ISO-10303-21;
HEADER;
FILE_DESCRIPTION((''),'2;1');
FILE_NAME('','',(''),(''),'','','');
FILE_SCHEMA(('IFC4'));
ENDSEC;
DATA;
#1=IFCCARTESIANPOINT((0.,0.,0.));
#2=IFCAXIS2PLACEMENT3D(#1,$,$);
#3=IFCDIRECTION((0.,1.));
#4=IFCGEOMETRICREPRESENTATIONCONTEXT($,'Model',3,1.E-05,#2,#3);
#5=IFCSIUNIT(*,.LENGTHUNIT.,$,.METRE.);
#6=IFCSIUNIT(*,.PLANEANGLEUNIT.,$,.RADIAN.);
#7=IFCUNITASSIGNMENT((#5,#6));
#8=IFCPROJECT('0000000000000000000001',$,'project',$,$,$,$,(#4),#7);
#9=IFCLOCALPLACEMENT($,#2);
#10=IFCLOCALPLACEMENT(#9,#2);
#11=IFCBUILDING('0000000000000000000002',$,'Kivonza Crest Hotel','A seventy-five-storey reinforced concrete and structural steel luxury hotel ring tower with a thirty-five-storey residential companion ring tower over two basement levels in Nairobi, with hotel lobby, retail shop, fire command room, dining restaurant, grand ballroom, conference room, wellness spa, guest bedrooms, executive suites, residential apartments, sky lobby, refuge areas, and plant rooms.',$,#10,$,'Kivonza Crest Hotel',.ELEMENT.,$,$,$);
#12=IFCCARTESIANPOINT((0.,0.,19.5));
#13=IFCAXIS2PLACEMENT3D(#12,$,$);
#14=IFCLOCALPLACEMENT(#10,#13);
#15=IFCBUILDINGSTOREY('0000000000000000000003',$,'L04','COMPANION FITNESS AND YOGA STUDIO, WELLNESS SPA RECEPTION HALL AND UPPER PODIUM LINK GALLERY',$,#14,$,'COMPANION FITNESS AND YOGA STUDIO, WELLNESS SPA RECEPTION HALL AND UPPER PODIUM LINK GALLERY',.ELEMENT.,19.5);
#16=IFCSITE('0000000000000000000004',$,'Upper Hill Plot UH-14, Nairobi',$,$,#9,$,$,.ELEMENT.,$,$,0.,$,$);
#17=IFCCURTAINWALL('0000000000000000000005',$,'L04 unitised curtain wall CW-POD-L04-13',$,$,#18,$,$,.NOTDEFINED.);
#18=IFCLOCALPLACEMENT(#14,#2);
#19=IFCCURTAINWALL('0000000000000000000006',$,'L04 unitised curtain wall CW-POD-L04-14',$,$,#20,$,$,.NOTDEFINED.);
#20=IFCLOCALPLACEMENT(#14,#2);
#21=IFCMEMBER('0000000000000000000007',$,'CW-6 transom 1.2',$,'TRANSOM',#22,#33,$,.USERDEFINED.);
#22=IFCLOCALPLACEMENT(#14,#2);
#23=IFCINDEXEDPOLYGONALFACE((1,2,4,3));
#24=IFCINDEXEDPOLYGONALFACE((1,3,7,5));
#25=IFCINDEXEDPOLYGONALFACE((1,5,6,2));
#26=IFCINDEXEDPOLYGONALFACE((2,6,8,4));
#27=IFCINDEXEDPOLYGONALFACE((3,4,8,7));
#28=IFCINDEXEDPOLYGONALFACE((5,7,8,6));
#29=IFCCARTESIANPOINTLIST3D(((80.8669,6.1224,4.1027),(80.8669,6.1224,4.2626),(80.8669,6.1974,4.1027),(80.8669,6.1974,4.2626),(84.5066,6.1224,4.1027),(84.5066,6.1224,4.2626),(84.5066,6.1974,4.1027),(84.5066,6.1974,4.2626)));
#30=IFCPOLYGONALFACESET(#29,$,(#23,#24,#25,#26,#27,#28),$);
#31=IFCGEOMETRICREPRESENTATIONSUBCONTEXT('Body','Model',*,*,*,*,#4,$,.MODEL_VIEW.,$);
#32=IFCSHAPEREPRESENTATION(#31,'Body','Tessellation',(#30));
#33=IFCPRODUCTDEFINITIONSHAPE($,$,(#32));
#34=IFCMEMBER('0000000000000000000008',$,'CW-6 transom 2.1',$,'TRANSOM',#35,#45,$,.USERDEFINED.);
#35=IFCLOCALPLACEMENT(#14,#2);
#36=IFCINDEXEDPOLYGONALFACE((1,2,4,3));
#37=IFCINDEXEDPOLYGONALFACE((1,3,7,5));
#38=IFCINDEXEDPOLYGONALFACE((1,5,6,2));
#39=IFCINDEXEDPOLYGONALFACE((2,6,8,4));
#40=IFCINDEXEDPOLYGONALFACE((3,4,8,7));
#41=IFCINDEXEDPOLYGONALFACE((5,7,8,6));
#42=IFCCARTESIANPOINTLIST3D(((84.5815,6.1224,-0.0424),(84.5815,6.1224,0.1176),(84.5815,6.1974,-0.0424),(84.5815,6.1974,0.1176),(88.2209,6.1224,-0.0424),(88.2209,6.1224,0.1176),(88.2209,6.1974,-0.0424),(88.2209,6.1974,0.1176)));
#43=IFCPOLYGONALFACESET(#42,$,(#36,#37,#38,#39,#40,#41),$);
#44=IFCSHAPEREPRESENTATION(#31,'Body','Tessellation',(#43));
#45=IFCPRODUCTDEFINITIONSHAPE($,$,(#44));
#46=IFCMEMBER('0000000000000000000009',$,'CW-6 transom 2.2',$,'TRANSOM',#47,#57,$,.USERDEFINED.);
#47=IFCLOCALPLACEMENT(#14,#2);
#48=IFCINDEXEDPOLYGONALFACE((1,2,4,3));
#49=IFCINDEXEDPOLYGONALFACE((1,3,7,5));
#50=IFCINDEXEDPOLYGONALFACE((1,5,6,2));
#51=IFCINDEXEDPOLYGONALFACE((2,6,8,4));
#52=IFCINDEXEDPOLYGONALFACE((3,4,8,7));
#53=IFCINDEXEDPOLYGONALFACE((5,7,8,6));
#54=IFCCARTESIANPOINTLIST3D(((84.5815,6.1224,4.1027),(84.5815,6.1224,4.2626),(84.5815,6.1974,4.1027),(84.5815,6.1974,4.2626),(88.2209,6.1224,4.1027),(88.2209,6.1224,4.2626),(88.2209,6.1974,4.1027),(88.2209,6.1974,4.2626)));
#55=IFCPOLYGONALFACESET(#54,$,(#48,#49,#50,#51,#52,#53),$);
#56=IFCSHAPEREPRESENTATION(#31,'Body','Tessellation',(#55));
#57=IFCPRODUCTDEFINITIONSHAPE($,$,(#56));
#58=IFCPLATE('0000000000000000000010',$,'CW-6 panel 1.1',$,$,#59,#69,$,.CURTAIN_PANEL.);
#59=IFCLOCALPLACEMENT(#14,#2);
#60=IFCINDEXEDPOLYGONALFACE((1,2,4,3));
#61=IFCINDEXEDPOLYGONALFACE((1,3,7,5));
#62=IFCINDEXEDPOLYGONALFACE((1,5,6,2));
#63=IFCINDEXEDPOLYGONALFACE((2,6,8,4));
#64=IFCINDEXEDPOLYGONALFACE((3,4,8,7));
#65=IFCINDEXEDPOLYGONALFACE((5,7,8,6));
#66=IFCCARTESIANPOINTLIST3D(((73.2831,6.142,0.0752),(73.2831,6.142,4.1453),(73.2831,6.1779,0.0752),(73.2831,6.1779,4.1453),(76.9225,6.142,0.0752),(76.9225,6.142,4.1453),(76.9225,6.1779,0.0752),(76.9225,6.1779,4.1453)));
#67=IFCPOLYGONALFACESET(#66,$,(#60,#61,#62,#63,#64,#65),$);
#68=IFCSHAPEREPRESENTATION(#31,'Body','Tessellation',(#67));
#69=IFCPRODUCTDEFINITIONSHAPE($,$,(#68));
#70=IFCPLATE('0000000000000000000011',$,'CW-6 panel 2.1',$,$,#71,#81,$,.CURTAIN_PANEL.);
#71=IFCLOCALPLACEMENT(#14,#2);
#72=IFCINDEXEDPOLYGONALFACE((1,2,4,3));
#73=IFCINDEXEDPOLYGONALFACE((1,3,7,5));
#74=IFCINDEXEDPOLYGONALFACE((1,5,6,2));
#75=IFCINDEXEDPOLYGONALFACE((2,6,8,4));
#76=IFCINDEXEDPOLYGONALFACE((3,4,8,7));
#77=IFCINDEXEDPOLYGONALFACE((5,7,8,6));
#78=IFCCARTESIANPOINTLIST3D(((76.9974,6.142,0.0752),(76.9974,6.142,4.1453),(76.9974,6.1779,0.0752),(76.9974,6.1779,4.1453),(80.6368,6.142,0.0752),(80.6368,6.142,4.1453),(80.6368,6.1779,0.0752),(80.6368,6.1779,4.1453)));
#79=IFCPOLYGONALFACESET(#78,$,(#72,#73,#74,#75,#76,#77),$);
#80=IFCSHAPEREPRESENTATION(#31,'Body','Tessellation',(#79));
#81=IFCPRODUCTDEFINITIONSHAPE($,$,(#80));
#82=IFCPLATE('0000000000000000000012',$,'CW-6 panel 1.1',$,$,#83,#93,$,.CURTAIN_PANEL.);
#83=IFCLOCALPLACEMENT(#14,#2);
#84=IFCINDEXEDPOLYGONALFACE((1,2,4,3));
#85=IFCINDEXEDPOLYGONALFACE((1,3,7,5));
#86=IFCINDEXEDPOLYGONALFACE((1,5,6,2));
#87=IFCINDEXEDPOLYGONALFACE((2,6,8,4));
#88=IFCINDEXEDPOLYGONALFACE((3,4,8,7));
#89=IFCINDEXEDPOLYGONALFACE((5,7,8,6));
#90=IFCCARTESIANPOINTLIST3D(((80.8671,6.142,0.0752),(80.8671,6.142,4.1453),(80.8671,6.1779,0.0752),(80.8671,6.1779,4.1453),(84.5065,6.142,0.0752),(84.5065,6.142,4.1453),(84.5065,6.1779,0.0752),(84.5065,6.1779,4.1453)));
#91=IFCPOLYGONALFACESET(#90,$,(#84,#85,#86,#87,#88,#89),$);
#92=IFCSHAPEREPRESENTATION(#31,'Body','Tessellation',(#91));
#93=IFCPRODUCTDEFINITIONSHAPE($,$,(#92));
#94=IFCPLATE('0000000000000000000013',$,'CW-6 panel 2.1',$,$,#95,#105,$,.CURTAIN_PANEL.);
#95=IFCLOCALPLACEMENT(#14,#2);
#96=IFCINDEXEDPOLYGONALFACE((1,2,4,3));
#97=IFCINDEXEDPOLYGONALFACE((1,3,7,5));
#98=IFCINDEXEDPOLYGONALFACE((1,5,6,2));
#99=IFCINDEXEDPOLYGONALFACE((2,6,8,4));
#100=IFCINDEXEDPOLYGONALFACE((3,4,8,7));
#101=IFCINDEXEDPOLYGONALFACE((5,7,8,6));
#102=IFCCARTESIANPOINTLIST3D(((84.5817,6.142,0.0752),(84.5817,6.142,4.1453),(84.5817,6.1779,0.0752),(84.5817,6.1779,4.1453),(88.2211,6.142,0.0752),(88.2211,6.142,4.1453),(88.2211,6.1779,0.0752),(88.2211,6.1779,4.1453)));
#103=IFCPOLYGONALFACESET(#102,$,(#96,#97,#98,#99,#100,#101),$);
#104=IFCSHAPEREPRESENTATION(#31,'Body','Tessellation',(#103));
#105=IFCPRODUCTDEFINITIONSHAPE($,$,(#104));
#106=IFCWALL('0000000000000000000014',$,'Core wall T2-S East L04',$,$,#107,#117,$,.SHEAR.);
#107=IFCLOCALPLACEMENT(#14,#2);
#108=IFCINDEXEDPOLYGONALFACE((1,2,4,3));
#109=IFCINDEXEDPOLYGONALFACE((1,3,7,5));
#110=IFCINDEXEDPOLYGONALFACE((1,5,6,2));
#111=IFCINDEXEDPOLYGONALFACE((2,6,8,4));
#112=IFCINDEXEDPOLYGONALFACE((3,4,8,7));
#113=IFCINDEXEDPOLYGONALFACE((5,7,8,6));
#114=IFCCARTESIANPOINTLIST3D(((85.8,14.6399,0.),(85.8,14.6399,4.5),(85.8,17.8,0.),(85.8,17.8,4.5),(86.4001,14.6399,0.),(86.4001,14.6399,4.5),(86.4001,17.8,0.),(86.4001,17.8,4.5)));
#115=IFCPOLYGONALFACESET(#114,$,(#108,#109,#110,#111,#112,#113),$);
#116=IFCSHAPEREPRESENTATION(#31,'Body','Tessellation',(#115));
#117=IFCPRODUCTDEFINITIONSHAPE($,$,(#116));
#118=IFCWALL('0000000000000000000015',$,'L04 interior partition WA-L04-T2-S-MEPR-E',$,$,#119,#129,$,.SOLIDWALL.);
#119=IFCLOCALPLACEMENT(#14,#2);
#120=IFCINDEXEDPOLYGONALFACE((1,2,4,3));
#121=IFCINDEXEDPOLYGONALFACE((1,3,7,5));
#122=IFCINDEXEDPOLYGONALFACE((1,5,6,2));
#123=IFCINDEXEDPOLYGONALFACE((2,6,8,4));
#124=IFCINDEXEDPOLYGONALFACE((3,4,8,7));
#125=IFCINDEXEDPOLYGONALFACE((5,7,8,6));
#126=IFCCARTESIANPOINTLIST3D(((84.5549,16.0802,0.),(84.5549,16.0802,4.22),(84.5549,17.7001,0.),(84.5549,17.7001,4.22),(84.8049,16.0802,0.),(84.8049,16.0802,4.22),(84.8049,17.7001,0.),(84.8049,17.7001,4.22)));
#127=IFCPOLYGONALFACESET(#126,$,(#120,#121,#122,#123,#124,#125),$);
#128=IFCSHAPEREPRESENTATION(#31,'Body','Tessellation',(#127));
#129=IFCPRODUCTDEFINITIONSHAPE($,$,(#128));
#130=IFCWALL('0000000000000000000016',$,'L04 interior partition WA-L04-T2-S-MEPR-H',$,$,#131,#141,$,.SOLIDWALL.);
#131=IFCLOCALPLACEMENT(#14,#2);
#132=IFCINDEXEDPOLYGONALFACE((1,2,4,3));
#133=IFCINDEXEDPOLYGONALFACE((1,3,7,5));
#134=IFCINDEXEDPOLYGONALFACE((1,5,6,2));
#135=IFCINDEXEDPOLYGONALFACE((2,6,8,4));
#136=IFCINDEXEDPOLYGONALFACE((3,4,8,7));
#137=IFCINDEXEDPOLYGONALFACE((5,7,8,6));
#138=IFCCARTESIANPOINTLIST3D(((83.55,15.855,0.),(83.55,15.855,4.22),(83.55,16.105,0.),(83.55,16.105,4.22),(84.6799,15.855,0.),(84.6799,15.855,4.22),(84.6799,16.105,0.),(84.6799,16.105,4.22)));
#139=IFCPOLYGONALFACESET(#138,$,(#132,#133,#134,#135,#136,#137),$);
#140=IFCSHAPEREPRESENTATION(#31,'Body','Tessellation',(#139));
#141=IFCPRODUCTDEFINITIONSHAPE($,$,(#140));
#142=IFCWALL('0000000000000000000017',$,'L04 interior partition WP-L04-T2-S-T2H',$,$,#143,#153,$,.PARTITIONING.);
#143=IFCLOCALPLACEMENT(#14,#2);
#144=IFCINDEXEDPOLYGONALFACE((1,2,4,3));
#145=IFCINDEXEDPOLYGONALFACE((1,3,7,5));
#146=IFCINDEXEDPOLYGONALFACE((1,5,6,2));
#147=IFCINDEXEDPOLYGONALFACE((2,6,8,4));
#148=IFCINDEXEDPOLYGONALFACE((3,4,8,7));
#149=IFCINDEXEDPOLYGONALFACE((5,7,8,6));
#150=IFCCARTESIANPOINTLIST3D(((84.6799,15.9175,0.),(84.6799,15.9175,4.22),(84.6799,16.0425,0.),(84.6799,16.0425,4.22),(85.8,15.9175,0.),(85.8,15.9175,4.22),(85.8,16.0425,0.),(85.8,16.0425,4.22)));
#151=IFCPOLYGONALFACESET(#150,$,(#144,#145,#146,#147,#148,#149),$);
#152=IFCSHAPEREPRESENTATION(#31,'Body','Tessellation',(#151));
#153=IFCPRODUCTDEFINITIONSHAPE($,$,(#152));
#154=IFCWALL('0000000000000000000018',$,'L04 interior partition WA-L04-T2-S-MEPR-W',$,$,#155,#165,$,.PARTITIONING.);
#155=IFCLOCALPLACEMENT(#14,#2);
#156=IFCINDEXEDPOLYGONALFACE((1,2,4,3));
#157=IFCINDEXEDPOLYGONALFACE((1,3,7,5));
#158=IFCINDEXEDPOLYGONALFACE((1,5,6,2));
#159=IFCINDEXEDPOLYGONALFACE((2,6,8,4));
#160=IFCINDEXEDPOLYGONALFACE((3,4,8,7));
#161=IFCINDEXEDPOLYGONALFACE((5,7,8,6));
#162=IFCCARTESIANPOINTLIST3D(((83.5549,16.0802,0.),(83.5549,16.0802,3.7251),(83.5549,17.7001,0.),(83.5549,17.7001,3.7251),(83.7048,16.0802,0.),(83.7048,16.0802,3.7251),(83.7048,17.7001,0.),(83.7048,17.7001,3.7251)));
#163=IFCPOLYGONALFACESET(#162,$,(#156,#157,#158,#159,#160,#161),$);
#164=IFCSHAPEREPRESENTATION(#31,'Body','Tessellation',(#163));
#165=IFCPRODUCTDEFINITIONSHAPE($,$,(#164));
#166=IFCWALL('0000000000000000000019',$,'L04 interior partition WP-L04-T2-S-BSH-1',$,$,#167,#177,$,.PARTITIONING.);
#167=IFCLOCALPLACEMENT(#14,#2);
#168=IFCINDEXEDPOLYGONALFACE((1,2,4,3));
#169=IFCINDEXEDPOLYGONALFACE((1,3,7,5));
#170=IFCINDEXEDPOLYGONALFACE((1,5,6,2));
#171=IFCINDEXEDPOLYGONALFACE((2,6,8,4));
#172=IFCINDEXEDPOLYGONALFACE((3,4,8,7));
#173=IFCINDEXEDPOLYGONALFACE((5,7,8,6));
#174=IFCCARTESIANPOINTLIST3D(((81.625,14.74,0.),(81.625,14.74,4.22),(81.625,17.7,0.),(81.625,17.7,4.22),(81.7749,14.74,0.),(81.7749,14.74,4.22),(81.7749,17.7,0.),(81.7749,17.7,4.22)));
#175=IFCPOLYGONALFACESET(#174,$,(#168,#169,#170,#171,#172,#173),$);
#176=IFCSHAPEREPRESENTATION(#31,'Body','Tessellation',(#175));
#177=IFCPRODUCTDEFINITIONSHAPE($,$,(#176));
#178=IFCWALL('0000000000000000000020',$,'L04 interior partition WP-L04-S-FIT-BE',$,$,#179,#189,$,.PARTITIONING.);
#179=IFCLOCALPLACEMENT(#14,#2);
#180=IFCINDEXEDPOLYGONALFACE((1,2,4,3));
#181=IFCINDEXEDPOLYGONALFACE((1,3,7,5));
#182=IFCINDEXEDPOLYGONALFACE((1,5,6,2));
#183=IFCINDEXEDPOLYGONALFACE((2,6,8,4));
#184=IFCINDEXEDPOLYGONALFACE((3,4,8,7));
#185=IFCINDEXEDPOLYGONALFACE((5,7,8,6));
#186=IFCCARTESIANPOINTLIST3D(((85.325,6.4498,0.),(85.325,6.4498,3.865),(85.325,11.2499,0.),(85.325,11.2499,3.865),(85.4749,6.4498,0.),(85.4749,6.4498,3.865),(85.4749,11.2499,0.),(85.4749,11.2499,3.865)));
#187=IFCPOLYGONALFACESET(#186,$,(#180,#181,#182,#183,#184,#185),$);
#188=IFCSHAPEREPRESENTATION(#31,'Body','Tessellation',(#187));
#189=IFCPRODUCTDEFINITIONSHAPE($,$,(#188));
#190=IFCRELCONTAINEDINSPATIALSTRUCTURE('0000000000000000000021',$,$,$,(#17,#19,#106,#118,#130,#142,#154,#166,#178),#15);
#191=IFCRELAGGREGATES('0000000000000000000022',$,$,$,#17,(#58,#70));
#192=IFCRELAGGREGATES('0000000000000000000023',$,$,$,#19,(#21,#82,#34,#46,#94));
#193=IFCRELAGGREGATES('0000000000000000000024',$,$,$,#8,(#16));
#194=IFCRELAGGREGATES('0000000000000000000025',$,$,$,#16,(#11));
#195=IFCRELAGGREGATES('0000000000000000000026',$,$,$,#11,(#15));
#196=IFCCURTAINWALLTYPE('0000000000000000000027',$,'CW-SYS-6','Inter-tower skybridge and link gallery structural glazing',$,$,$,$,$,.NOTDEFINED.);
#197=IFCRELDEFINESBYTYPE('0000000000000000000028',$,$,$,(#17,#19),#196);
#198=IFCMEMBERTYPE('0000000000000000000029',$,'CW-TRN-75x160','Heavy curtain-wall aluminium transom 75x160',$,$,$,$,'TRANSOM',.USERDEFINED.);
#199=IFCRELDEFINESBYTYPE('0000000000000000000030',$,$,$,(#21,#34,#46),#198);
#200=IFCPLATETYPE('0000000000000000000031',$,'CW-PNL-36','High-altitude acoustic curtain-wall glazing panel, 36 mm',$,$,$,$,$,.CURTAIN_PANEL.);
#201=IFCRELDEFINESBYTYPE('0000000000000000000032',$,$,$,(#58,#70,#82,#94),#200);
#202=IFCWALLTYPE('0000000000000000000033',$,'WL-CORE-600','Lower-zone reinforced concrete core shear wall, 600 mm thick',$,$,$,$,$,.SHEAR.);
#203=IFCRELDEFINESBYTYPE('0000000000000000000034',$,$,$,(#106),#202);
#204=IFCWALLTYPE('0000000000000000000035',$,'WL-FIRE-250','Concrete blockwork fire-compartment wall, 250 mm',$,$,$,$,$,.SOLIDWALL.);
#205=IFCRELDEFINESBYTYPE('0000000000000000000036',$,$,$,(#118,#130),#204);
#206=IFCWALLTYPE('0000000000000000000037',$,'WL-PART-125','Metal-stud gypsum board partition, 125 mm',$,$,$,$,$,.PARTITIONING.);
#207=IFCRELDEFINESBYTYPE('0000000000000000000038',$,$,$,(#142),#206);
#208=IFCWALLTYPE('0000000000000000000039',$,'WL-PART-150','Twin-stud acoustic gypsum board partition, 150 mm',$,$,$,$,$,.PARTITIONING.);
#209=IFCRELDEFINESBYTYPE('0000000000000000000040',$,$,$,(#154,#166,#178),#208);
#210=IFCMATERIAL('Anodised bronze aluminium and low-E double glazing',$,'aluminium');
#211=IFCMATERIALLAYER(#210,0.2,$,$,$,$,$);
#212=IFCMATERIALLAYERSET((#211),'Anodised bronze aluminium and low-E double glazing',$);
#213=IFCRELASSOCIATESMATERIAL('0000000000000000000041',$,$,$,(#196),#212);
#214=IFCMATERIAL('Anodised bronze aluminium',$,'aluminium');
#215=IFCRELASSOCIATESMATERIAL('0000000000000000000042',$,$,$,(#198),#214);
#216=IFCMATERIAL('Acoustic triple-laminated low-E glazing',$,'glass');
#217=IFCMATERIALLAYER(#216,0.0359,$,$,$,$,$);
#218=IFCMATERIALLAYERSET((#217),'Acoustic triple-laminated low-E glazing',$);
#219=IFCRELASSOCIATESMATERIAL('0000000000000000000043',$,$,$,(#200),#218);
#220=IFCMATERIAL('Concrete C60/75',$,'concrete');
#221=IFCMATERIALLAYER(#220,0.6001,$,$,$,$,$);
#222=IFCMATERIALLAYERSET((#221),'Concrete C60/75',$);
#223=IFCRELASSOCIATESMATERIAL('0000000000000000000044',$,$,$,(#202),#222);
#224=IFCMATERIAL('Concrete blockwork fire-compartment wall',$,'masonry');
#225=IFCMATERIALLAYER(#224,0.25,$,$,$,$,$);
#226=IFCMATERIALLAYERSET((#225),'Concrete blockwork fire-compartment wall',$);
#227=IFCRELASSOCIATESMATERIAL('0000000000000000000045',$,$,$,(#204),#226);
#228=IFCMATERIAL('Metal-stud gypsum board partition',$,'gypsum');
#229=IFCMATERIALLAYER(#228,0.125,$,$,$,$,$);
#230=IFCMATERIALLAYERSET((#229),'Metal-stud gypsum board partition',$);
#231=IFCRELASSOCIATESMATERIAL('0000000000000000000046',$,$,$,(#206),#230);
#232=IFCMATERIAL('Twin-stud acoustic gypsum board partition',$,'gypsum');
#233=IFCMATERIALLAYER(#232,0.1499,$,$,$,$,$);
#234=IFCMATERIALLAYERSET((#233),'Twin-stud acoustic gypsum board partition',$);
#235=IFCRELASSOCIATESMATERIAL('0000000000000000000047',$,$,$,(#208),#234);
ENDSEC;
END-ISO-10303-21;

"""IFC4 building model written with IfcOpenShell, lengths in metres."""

from ifc_helpers import new_model, si_unit, direction, frame, frame_2d, origin, origin_2d, place, context, subcontext, project, spatial, rectangle, extrude, material, layer, layer_set, material_profile, profile_set, type_object, element, aggregate, save


model = new_model("IFC4")

# Units and contexts
model_context = context("Model", 3, precision=1e-05, world=origin(), true_north=direction((0.0, 1.0)))
body_context = subcontext(model_context, "Body", "Model", "MODEL_VIEW")
ifc_project = project(units=[si_unit("LENGTHUNIT", "METRE"), si_unit("PLANEANGLEUNIT", "RADIAN")], contexts=[model_context])

# Site, building, storey
site_placement = place(None, origin())
site = spatial("IfcSite", under=ifc_project, at=site_placement, Name="Upper Hill Plot UH-14, Nairobi", CompositionType="ELEMENT", RefElevation=0.0)
building_placement = place(site_placement, origin())
building = spatial("IfcBuilding", under=site, at=building_placement, Name="Kivonza Crest Hotel", Description="A seventy-five-storey reinforced concrete and structural steel luxury hotel ring tower with a thirty-five-storey residential companion ring tower over two basement levels in Nairobi, with hotel lobby, retail shop, fire command room, dining restaurant, grand ballroom, conference room, wellness spa, guest bedrooms, executive suites, residential apartments, sky lobby, refuge areas, and plant rooms.", LongName="Kivonza Crest Hotel", CompositionType="ELEMENT")
storey_placement = place(building_placement, frame((0.0, 0.0, 19.5)))
storey = spatial("IfcBuildingStorey", under=building, at=storey_placement, Name="L04", Description="COMPANION FITNESS AND YOGA STUDIO, WELLNESS SPA RECEPTION HALL AND UPPER PODIUM LINK GALLERY", LongName="COMPANION FITNESS AND YOGA STUDIO, WELLNESS SPA RECEPTION HALL AND UPPER PODIUM LINK GALLERY", CompositionType="ELEMENT", Elevation=19.5)

# Shared definitions
ifc_material_1 = material(Name="Concrete C60/75", Category="concrete")

# Shared definitions
ifc_material_2 = material(Name="Anodised bronze aluminium and low-E double glazing", Category="aluminium")
ifc_layer_1 = layer(ifc_material_2, 0.2)
ifc_layer_set_1 = layer_set([ifc_layer_1], Name="Anodised bronze aluminium and low-E double glazing")
curtain_wall_type = type_object("IfcCurtainWallType", Name="CW-SYS-6", Description="Inter-tower skybridge and link gallery structural glazing", PredefinedType="NOTDEFINED", material=ifc_layer_set_1)
ifc_material_3 = material(Name="Anodised bronze aluminium", Category="aluminium")

# Curtain walls
curtain_wall_1_placement = place(storey_placement, origin())
curtain_wall_1 = element("IfcCurtainWall", 1, at=curtain_wall_1_placement, inside=storey, type_object=curtain_wall_type, Name="L04 unitised curtain wall CW-POD-L04-13", PredefinedType="NOTDEFINED")
curtain_wall_2_placement = place(storey_placement, origin())
curtain_wall_2 = element("IfcCurtainWall", 2, at=curtain_wall_2_placement, inside=storey, type_object=curtain_wall_type, Name="L04 unitised curtain wall CW-POD-L04-14", PredefinedType="NOTDEFINED")

# Members
ifc_material_profile_1 = material_profile(ifc_material_3, rectangle(XDim=0.075, YDim=0.1599, at=origin_2d()), Name="CW-T 75x160")
ifc_profile_set_1 = profile_set([ifc_material_profile_1], Name="Anodised bronze aluminium")
member_type_1 = type_object("IfcMemberType", Name="CW-TRN-75x160", Description="Heavy curtain-wall aluminium transom 75x160", ElementType="TRANSOM", PredefinedType="USERDEFINED", material=ifc_profile_set_1)
member_1_placement = place(storey_placement, frame((80.8669, 6.1599, 4.1826), z_axis=(1.0, 0.0, 0.0), x_axis=(0.0, 1.0, 0.0)))
member_1 = element("IfcMember", 3, at=member_1_placement, type_object=member_type_1, Name="CW-6 transom 1.2", ObjectType="TRANSOM", PredefinedType="USERDEFINED", context=body_context, shape_type="SweptSolid", body=[
    extrude(rectangle(XDim=0.075, YDim=0.1599, at=origin_2d()), origin(), (0.0, 0.0, 1.0), 3.6396),
])
member_2_placement = place(storey_placement, frame((84.5815, 6.1599, 0.0376), z_axis=(1.0, 0.0, 0.0), x_axis=(0.0, 1.0, 0.0)))
member_2 = element("IfcMember", 4, at=member_2_placement, type_object=member_type_1, Name="CW-6 transom 2.1", ObjectType="TRANSOM", PredefinedType="USERDEFINED", context=body_context, shape_type="SweptSolid", body=[
    extrude(rectangle(XDim=0.075, YDim=0.1599, at=origin_2d()), origin(), (0.0, 0.0, 1.0), 3.6394),
])
member_3_placement = place(storey_placement, frame((84.5815, 6.1599, 4.1826), z_axis=(1.0, 0.0, 0.0), x_axis=(0.0, 1.0, 0.0)))
member_3 = element("IfcMember", 5, at=member_3_placement, type_object=member_type_1, Name="CW-6 transom 2.2", ObjectType="TRANSOM", PredefinedType="USERDEFINED", context=body_context, shape_type="SweptSolid", body=[
    extrude(rectangle(XDim=0.075, YDim=0.1599, at=origin_2d()), origin(), (0.0, 0.0, 1.0), 3.6394),
])

# Plates
ifc_material_4 = material(Name="Acoustic triple-laminated low-E glazing", Category="glass")
ifc_layer_2 = layer(ifc_material_4, 0.0359)
ifc_layer_set_2 = layer_set([ifc_layer_2], Name="Acoustic triple-laminated low-E glazing")
plate_type = type_object("IfcPlateType", Name="CW-PNL-36", Description="High-altitude acoustic curtain-wall glazing panel, 36 mm", PredefinedType="CURTAIN_PANEL", material=ifc_layer_set_2)
plate_1_placement = place(storey_placement, frame((75.1028, 6.1599, 0.0752), z_axis=(0.0, 0.0, 1.0), x_axis=(1.0, 0.0, 0.0)))
plate_1 = element("IfcPlate", 6, at=plate_1_placement, type_object=plate_type, Name="CW-6 panel 1.1", PredefinedType="CURTAIN_PANEL", context=body_context, shape_type="SweptSolid", body=[
    extrude(rectangle(XDim=3.6394, YDim=0.0359, at=origin_2d()), origin(), (0.0, 0.0, 1.0), 4.0701),
])
plate_2_placement = place(storey_placement, frame((78.8171, 6.1599, 0.0752), z_axis=(0.0, 0.0, 1.0), x_axis=(1.0, 0.0, 0.0)))
plate_2 = element("IfcPlate", 7, at=plate_2_placement, type_object=plate_type, Name="CW-6 panel 2.1", PredefinedType="CURTAIN_PANEL", context=body_context, shape_type="SweptSolid", body=[
    extrude(rectangle(XDim=3.6394, YDim=0.0359, at=origin_2d()), origin(), (0.0, 0.0, 1.0), 4.0701),
])
aggregate(curtain_wall_1, [plate_1, plate_2])
plate_3_placement = place(storey_placement, frame((82.6868, 6.1599, 0.0752), z_axis=(0.0, 0.0, 1.0), x_axis=(1.0, 0.0, 0.0)))
plate_3 = element("IfcPlate", 8, at=plate_3_placement, type_object=plate_type, Name="CW-6 panel 1.1", PredefinedType="CURTAIN_PANEL", context=body_context, shape_type="SweptSolid", body=[
    extrude(rectangle(XDim=3.6394, YDim=0.0359, at=origin_2d()), origin(), (0.0, 0.0, 1.0), 4.0701),
])
plate_4_placement = place(storey_placement, frame((86.4014, 6.1599, 0.0752), z_axis=(0.0, 0.0, 1.0), x_axis=(1.0, 0.0, 0.0)))
plate_4 = element("IfcPlate", 9, at=plate_4_placement, type_object=plate_type, Name="CW-6 panel 2.1", PredefinedType="CURTAIN_PANEL", context=body_context, shape_type="SweptSolid", body=[
    extrude(rectangle(XDim=3.6394, YDim=0.0359, at=origin_2d()), origin(), (0.0, 0.0, 1.0), 4.0701),
])
aggregate(curtain_wall_2, [member_1, plate_3, member_2, member_3, plate_4])

# Walls
ifc_layer_3 = layer(ifc_material_1, 0.6001)
ifc_layer_set_3 = layer_set([ifc_layer_3], Name="Concrete C60/75")
wall_type_1 = type_object("IfcWallType", Name="WL-CORE-600", Description="Lower-zone reinforced concrete core shear wall, 600 mm thick", PredefinedType="SHEAR", material=ifc_layer_set_3)
wall_1_placement = place(storey_placement, frame((86.1001, 14.6399, 0.0), z_axis=(0.0, 0.0, 1.0), x_axis=(0.0, 1.0, 0.0)))
element("IfcWall", 10, at=wall_1_placement, inside=storey, type_object=wall_type_1, Name="Core wall T2-S East L04", PredefinedType="SHEAR", context=body_context, shape_type="SweptSolid", body=[
    extrude(rectangle(XDim=3.1602, YDim=0.6001, at=frame_2d((1.5801, 0.0))), origin(), (0.0, 0.0, 1.0), 4.5),
])
ifc_material_5 = material(Name="Concrete blockwork fire-compartment wall", Category="masonry")
ifc_layer_4 = layer(ifc_material_5, 0.25)
ifc_layer_set_4 = layer_set([ifc_layer_4], Name="Concrete blockwork fire-compartment wall")
wall_type_2 = type_object("IfcWallType", Name="WL-FIRE-250", Description="Concrete blockwork fire-compartment wall, 250 mm", PredefinedType="SOLIDWALL", material=ifc_layer_set_4)
wall_2_placement = place(storey_placement, frame((84.6799, 16.0801, 0.0), z_axis=(0.0, 0.0, 1.0), x_axis=(0.0, 1.0, 0.0)))
element("IfcWall", 11, at=wall_2_placement, inside=storey, type_object=wall_type_2, Name="L04 interior partition WA-L04-T2-S-MEPR-E", PredefinedType="SOLIDWALL", context=body_context, shape_type="SweptSolid", body=[
    extrude(rectangle(XDim=1.6199, YDim=0.25, at=frame_2d((0.8101, 0.0))), origin(), (0.0, 0.0, 1.0), 4.22),
])
wall_3_placement = place(storey_placement, frame((83.55, 15.98, 0.0), z_axis=(0.0, 0.0, 1.0), x_axis=(1.0, 0.0, 0.0)))
element("IfcWall", 12, at=wall_3_placement, inside=storey, type_object=wall_type_2, Name="L04 interior partition WA-L04-T2-S-MEPR-H", PredefinedType="SOLIDWALL", context=body_context, shape_type="SweptSolid", body=[
    extrude(rectangle(XDim=1.1299, YDim=0.25, at=frame_2d((0.5649, 0.0))), origin(), (0.0, 0.0, 1.0), 4.22),
])
ifc_material_6 = material(Name="Metal-stud gypsum board partition", Category="gypsum")
ifc_layer_5 = layer(ifc_material_6, 0.125)
ifc_layer_set_5 = layer_set([ifc_layer_5], Name="Metal-stud gypsum board partition")
wall_type_3 = type_object("IfcWallType", Name="WL-PART-125", Description="Metal-stud gypsum board partition, 125 mm", PredefinedType="PARTITIONING", material=ifc_layer_set_5)
wall_4_placement = place(storey_placement, frame((84.6799, 15.98, 0.0), z_axis=(0.0, 0.0, 1.0), x_axis=(1.0, 0.0, 0.0)))
element("IfcWall", 13, at=wall_4_placement, inside=storey, type_object=wall_type_3, Name="L04 interior partition WP-L04-T2-S-T2H", PredefinedType="PARTITIONING", context=body_context, shape_type="SweptSolid", body=[
    extrude(rectangle(XDim=1.1201, YDim=0.125, at=frame_2d((0.5601, 0.0))), origin(), (0.0, 0.0, 1.0), 4.22),
])
ifc_material_7 = material(Name="Twin-stud acoustic gypsum board partition", Category="gypsum")
ifc_layer_6 = layer(ifc_material_7, 0.1499)
ifc_layer_set_6 = layer_set([ifc_layer_6], Name="Twin-stud acoustic gypsum board partition")
wall_type_4 = type_object("IfcWallType", Name="WL-PART-150", Description="Twin-stud acoustic gypsum board partition, 150 mm", PredefinedType="PARTITIONING", material=ifc_layer_set_6)
wall_5_placement = place(storey_placement, frame((83.6299, 16.0801, 0.0), z_axis=(0.0, 0.0, 1.0), x_axis=(0.0, 1.0, 0.0)))
element("IfcWall", 14, at=wall_5_placement, inside=storey, type_object=wall_type_4, Name="L04 interior partition WA-L04-T2-S-MEPR-W", PredefinedType="PARTITIONING", context=body_context, shape_type="SweptSolid", body=[
    extrude(rectangle(XDim=1.6199, YDim=0.1499, at=frame_2d((0.8101, 0.0))), origin(), (0.0, 0.0, 1.0), 3.7251),
])
wall_6_placement = place(storey_placement, frame((81.7, 14.74, 0.0), z_axis=(0.0, 0.0, 1.0), x_axis=(0.0, 1.0, 0.0)))
element("IfcWall", 15, at=wall_6_placement, inside=storey, type_object=wall_type_4, Name="L04 interior partition WP-L04-T2-S-BSH-1", PredefinedType="PARTITIONING", context=body_context, shape_type="SweptSolid", body=[
    extrude(rectangle(XDim=2.96, YDim=0.1499, at=frame_2d((1.48, 0.0))), origin(), (0.0, 0.0, 1.0), 4.22),
])
wall_7_placement = place(storey_placement, frame((85.3999, 6.45, 0.0), z_axis=(0.0, 0.0, 1.0), x_axis=(0.0, 1.0, 0.0)))
element("IfcWall", 16, at=wall_7_placement, inside=storey, type_object=wall_type_4, Name="L04 interior partition WP-L04-S-FIT-BE", PredefinedType="PARTITIONING", context=body_context, shape_type="SweptSolid", body=[
    extrude(rectangle(XDim=4.8, YDim=0.1499, at=frame_2d((2.3999, 0.0))), origin(), (0.0, 0.0, 1.0), 3.865),
])

save(model, "model.ifc")
